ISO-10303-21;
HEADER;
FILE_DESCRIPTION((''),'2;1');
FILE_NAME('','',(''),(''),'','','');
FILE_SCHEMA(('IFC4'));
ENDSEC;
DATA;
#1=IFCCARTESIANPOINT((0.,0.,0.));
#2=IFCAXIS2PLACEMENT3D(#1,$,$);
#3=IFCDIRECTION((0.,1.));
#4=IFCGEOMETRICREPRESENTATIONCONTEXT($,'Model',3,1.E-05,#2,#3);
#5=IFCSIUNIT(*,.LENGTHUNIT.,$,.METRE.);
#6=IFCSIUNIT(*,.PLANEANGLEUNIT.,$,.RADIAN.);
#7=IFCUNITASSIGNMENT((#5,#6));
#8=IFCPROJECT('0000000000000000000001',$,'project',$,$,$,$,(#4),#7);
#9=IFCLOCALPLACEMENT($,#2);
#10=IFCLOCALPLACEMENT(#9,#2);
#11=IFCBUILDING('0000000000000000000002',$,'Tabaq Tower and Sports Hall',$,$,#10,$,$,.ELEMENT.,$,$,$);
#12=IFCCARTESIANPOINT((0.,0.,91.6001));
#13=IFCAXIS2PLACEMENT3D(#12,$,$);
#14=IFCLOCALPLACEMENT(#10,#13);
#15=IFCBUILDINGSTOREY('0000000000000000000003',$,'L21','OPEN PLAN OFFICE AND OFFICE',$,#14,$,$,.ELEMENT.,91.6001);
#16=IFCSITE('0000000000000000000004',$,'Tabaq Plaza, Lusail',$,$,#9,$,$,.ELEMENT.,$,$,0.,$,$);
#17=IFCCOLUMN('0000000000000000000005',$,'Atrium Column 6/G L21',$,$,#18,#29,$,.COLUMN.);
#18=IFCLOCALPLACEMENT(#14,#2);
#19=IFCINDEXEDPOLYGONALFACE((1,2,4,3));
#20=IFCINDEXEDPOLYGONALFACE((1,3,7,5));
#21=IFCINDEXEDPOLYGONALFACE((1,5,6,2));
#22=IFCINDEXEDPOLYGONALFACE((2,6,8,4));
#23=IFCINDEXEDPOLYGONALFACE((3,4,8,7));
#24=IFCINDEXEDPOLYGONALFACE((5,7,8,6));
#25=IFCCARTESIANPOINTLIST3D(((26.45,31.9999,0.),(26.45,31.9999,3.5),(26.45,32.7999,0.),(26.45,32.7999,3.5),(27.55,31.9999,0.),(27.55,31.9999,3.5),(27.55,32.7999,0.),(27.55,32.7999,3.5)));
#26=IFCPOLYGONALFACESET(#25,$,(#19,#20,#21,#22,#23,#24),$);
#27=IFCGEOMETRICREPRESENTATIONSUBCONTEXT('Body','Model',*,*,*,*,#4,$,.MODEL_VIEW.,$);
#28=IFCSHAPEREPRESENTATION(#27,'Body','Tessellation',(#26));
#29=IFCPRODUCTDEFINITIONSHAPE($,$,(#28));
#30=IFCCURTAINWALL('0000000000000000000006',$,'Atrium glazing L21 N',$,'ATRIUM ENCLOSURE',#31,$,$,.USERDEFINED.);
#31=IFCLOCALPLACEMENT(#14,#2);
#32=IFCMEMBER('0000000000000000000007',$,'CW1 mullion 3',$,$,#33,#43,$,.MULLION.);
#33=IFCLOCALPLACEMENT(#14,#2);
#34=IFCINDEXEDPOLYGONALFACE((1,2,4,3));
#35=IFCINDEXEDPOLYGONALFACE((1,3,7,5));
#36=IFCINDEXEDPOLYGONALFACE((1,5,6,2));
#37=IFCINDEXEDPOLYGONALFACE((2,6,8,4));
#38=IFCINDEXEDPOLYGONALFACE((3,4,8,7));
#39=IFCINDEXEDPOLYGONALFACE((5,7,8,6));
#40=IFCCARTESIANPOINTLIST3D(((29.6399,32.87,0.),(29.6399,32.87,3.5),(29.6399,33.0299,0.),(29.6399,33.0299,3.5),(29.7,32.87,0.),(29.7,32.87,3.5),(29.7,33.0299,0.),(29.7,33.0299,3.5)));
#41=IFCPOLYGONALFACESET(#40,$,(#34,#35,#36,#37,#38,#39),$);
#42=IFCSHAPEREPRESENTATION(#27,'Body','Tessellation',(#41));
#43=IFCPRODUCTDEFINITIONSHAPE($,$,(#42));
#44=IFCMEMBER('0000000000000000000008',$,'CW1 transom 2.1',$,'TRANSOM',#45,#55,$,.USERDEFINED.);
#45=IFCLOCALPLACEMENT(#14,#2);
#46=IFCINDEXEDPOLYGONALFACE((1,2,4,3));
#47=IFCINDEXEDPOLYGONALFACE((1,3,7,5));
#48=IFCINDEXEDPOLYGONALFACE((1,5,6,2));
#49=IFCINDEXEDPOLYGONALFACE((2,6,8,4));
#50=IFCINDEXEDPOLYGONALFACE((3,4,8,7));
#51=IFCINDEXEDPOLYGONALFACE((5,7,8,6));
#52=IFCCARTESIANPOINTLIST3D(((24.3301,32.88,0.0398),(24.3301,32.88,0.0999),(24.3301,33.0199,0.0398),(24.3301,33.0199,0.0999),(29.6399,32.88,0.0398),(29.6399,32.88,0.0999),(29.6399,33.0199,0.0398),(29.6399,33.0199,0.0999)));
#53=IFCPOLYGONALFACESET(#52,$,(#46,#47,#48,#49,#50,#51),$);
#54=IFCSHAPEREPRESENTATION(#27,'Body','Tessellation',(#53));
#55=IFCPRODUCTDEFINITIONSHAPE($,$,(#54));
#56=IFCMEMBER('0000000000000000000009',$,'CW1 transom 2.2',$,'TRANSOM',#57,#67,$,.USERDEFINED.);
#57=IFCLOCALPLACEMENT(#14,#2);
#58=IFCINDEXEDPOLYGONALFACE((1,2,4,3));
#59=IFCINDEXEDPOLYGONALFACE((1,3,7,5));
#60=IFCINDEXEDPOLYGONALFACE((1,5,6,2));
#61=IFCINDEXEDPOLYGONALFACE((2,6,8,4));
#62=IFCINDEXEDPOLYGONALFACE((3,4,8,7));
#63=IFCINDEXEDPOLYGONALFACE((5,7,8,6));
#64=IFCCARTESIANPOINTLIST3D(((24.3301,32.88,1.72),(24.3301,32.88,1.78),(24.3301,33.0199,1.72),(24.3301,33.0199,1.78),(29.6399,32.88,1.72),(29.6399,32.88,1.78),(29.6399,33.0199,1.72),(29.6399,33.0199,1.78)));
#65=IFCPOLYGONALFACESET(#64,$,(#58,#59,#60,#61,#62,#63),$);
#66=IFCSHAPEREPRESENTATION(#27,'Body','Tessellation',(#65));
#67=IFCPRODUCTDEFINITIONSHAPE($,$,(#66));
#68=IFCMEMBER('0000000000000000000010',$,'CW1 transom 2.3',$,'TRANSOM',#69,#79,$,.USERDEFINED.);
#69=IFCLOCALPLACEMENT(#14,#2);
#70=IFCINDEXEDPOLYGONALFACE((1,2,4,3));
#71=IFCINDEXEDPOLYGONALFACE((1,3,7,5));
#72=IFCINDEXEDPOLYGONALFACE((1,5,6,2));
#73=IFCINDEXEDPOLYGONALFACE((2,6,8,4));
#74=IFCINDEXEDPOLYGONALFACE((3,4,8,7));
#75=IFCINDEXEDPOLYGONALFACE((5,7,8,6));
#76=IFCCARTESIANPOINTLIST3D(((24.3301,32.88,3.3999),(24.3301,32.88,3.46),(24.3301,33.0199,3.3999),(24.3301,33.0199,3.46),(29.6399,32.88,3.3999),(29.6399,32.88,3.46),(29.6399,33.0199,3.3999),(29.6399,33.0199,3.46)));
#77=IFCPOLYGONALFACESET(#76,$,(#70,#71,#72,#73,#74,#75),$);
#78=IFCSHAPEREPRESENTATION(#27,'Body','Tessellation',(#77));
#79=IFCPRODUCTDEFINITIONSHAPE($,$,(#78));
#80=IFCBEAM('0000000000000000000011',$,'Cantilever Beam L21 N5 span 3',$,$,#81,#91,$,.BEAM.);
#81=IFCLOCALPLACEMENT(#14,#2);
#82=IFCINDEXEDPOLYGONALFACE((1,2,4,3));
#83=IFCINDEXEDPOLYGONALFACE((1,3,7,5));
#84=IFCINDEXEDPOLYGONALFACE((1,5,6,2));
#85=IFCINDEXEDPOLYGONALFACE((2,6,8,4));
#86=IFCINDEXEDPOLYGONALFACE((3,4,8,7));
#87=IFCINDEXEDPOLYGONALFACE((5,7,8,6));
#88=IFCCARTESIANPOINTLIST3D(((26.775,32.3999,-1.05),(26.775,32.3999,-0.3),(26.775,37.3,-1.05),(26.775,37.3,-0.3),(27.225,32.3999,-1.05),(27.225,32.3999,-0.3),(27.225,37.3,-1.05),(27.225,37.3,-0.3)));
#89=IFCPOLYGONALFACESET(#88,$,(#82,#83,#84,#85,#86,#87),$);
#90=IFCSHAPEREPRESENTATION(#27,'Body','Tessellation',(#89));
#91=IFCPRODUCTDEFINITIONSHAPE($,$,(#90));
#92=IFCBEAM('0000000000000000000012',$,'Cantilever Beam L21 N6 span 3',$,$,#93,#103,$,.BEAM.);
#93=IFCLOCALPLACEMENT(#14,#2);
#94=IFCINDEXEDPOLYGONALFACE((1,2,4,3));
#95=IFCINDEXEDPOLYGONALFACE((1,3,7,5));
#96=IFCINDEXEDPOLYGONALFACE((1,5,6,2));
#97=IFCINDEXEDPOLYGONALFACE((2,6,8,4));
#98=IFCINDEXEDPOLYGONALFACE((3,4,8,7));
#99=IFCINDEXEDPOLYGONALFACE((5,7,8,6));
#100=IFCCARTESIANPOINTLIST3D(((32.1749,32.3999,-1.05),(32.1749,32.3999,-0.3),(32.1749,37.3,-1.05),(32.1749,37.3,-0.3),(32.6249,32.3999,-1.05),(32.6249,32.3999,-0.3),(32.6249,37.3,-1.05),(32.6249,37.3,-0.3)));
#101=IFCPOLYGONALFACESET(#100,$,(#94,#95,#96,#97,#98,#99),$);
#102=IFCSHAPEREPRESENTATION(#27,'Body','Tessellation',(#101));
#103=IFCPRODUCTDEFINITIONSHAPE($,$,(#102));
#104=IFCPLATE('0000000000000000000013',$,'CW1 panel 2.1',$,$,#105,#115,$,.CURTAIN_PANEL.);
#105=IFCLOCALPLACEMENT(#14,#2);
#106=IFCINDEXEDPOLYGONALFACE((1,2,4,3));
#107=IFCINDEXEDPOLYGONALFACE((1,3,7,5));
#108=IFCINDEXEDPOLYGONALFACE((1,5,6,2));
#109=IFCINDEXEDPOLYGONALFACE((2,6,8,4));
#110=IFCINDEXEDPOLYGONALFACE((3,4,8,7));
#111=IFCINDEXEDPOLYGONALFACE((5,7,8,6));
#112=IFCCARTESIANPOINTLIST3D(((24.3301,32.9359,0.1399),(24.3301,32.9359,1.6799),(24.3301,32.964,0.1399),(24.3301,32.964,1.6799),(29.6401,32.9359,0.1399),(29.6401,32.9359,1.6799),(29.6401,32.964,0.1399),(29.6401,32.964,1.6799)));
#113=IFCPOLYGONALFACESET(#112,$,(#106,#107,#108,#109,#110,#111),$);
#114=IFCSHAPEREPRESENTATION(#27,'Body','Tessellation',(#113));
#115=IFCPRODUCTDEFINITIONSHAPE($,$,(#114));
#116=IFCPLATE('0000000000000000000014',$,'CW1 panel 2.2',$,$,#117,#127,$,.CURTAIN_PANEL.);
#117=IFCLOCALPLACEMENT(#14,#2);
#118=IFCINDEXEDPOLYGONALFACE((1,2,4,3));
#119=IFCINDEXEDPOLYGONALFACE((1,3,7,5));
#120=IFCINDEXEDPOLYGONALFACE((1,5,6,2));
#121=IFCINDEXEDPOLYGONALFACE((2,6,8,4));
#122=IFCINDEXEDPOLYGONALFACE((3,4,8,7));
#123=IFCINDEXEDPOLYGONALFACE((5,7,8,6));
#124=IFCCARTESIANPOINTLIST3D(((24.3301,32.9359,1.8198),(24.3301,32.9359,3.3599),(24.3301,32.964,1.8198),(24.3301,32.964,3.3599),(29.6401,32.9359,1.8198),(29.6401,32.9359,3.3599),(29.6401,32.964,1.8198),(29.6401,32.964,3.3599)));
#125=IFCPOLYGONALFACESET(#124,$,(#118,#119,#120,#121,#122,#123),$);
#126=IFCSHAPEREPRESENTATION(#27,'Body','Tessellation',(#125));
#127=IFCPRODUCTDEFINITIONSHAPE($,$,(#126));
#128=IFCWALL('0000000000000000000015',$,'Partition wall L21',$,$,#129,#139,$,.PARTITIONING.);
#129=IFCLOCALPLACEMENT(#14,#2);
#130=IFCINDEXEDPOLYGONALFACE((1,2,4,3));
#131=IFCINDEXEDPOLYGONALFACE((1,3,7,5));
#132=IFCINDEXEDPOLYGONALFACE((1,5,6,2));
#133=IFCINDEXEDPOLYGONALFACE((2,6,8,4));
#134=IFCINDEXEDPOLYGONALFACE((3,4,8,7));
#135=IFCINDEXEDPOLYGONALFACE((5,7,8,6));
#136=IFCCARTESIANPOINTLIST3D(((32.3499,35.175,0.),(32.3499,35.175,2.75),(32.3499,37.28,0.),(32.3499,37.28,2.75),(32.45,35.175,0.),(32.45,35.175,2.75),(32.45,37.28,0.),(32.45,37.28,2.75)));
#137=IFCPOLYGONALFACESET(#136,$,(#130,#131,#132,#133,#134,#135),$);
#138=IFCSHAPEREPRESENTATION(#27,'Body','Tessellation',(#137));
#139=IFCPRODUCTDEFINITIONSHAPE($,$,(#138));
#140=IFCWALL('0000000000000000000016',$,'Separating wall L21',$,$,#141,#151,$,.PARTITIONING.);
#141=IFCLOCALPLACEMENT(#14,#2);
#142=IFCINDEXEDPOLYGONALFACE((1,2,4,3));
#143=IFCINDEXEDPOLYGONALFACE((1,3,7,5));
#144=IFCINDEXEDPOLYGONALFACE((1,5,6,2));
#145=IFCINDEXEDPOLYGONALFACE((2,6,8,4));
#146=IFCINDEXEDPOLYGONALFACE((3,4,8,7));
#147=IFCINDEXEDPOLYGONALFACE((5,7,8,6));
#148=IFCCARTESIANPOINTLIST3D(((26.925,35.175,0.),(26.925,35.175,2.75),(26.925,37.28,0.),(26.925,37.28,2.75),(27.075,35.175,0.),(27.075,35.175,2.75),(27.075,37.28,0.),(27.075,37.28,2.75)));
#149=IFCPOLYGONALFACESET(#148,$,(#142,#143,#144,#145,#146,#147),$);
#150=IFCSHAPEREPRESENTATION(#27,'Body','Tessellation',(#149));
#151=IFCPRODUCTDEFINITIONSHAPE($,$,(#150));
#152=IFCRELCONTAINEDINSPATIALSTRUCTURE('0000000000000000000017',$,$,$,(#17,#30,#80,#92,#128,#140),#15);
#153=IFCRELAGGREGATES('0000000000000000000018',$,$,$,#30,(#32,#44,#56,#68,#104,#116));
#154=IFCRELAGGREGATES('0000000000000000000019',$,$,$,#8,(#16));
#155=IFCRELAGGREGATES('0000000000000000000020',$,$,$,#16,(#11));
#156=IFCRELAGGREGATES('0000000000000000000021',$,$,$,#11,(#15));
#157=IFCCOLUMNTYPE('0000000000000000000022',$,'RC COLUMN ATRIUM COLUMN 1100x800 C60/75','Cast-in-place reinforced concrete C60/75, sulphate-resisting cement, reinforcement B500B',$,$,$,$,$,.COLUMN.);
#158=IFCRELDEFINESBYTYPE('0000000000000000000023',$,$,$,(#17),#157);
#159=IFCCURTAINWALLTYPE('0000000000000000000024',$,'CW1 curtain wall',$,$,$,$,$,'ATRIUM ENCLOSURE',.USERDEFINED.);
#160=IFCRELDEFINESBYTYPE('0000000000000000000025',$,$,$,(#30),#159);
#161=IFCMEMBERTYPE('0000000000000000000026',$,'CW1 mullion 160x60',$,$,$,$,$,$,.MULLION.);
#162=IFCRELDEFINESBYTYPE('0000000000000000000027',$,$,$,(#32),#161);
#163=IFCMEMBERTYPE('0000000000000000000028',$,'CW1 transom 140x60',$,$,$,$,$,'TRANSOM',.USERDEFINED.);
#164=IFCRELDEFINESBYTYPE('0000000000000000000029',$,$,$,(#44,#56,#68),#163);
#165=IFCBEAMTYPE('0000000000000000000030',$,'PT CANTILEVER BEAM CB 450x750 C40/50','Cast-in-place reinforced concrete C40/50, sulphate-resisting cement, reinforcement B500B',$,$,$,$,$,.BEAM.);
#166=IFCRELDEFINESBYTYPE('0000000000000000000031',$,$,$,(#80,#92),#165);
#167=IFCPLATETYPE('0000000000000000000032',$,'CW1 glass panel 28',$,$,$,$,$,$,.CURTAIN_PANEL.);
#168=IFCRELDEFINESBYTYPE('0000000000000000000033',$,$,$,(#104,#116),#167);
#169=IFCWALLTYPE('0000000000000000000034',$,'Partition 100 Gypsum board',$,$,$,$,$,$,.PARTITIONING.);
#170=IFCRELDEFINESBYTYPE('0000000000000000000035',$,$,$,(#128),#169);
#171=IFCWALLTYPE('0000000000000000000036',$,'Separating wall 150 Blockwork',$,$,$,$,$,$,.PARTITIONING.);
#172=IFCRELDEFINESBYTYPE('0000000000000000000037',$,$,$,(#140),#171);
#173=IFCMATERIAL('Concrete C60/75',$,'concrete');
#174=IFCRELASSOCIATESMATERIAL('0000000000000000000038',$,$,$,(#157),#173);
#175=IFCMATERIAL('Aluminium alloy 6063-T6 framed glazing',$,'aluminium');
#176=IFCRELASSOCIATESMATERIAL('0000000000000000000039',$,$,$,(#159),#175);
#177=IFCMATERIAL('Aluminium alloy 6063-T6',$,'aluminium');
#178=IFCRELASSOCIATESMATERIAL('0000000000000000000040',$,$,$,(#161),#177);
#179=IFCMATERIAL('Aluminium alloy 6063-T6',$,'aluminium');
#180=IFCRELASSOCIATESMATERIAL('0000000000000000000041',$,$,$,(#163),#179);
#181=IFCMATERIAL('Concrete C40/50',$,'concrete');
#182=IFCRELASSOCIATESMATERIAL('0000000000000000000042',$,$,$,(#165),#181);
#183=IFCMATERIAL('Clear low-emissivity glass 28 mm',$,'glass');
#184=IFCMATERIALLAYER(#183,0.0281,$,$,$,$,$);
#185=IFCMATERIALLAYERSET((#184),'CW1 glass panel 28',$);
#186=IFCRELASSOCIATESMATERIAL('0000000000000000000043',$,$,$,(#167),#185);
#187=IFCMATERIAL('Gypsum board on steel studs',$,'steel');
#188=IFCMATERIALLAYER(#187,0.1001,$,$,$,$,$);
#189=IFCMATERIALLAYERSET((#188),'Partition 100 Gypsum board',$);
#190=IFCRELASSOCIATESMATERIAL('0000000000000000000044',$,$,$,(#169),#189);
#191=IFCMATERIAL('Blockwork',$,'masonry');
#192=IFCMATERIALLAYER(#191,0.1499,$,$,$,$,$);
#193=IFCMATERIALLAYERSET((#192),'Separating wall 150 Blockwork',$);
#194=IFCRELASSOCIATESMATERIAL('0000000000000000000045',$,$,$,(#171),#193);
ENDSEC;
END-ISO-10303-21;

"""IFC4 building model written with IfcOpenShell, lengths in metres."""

from ifc_helpers import new_model, si_unit, direction, frame, frame_2d, origin, origin_2d, place, context, subcontext, project, spatial, rectangle, extrude, material, layer, layer_set, material_profile, profile_set, type_object, element, aggregate, save


model = new_model("IFC4")

# Units and contexts
model_context = context("Model", 3, precision=1e-05, world=origin(), true_north=direction((0.0, 1.0)))
body_context = subcontext(model_context, "Body", "Model", "MODEL_VIEW")
ifc_project = project(units=[si_unit("LENGTHUNIT", "METRE"), si_unit("PLANEANGLEUNIT", "RADIAN")], contexts=[model_context])

# Site, building, storey
site_placement = place(None, origin())
site = spatial("IfcSite", under=ifc_project, at=site_placement, Name="Tabaq Plaza, Lusail", CompositionType="ELEMENT", RefElevation=0.0)
building_placement = place(site_placement, origin())
building = spatial("IfcBuilding", under=site, at=building_placement, Name="Tabaq Tower and Sports Hall", CompositionType="ELEMENT")
storey_placement = place(building_placement, frame((0.0, 0.0, 91.6001)))
storey = spatial("IfcBuildingStorey", under=building, at=storey_placement, Name="L21", Description="OPEN PLAN OFFICE AND OFFICE", CompositionType="ELEMENT", Elevation=91.6001)

# Column
ifc_material_1 = material(Name="Concrete C60/75", Category="concrete")
ifc_material_profile_1 = material_profile(ifc_material_1, rectangle(XDim=1.1001, YDim=0.8, at=origin_2d()), Name="ATRIUM COLUMN 1100x800")
ifc_profile_set_1 = profile_set([ifc_material_profile_1], Name="Concrete C60/75")
column_type = type_object("IfcColumnType", Name="RC COLUMN ATRIUM COLUMN 1100x800 C60/75", Description="Cast-in-place reinforced concrete C60/75, sulphate-resisting cement, reinforcement B500B", PredefinedType="COLUMN", material=ifc_profile_set_1)
column_placement = place(storey_placement, frame((27.0, 32.3999, 0.0), z_axis=(0.0, 0.0, 1.0), x_axis=(1.0, 0.0, 0.0)))
element("IfcColumn", 1, at=column_placement, inside=storey, type_object=column_type, Name="Atrium Column 6/G L21", PredefinedType="COLUMN", context=body_context, shape_type="SweptSolid", body=[
    extrude(rectangle(XDim=1.1001, YDim=0.8, at=origin_2d()), origin(), (0.0, 0.0, 1.0), 3.5),
])

# Curtain wall, members
ifc_material_2 = material(Name="Aluminium alloy 6063-T6 framed glazing", Category="aluminium")
curtain_wall_type = type_object("IfcCurtainWallType", Name="CW1 curtain wall", ElementType="ATRIUM ENCLOSURE", PredefinedType="USERDEFINED", material=ifc_material_2)
curtain_wall_placement = place(storey_placement, origin())
curtain_wall = element("IfcCurtainWall", 2, at=curtain_wall_placement, inside=storey, type_object=curtain_wall_type, Name="Atrium glazing L21 N", ObjectType="ATRIUM ENCLOSURE", PredefinedType="USERDEFINED")
ifc_material_3 = material(Name="Aluminium alloy 6063-T6", Category="aluminium")
ifc_material_profile_2 = material_profile(ifc_material_3, rectangle(XDim=0.1599, YDim=0.0601, at=origin_2d()), Name="MULLION 160x60")
ifc_profile_set_2 = profile_set([ifc_material_profile_2], Name="Aluminium alloy 6063-T6")
member_type_1 = type_object("IfcMemberType", Name="CW1 mullion 160x60", PredefinedType="MULLION", material=ifc_profile_set_2)
member_1_placement = place(storey_placement, frame((29.6699, 32.95, 0.0), z_axis=(0.0, 0.0, 1.0), x_axis=(0.0, 1.0, 0.0)))
member_1 = element("IfcMember", 3, at=member_1_placement, type_object=member_type_1, Name="CW1 mullion 3", PredefinedType="MULLION", context=body_context, shape_type="SweptSolid", body=[
    extrude(rectangle(XDim=0.1599, YDim=0.0601, at=origin_2d()), origin(), (0.0, 0.0, 1.0), 3.5),
])
ifc_material_4 = material(Name="Aluminium alloy 6063-T6", Category="aluminium")
ifc_material_profile_3 = material_profile(ifc_material_4, rectangle(XDim=0.1399, YDim=0.0601, at=origin_2d()), Name="TRANSOM 140x60")
ifc_profile_set_3 = profile_set([ifc_material_profile_3], Name="Aluminium alloy 6063-T6")
member_type_2 = type_object("IfcMemberType", Name="CW1 transom 140x60", ElementType="TRANSOM", PredefinedType="USERDEFINED", material=ifc_profile_set_3)
member_2_placement = place(storey_placement, frame((24.3301, 32.95, 0.0698), z_axis=(1.0, 0.0, 0.0), x_axis=(0.0, 1.0, 0.0)))
member_2 = element("IfcMember", 4, at=member_2_placement, type_object=member_type_2, Name="CW1 transom 2.1", ObjectType="TRANSOM", PredefinedType="USERDEFINED", context=body_context, shape_type="SweptSolid", body=[
    extrude(rectangle(XDim=0.1399, YDim=0.0601, at=origin_2d()), origin(), (0.0, 0.0, 1.0), 5.3098),
])
member_3_placement = place(storey_placement, frame((24.3301, 32.95, 1.75), z_axis=(1.0, 0.0, 0.0), x_axis=(0.0, 1.0, 0.0)))
member_3 = element("IfcMember", 5, at=member_3_placement, type_object=member_type_2, Name="CW1 transom 2.2", ObjectType="TRANSOM", PredefinedType="USERDEFINED", context=body_context, shape_type="SweptSolid", body=[
    extrude(rectangle(XDim=0.1399, YDim=0.0601, at=origin_2d()), origin(), (0.0, 0.0, 1.0), 5.3098),
])
member_4_placement = place(storey_placement, frame((24.3301, 32.95, 3.4299), z_axis=(1.0, 0.0, 0.0), x_axis=(0.0, 1.0, 0.0)))
member_4 = element("IfcMember", 6, at=member_4_placement, type_object=member_type_2, Name="CW1 transom 2.3", ObjectType="TRANSOM", PredefinedType="USERDEFINED", context=body_context, shape_type="SweptSolid", body=[
    extrude(rectangle(XDim=0.1399, YDim=0.0601, at=origin_2d()), origin(), (0.0, 0.0, 1.0), 5.3098),
])

# Beams
ifc_material_5 = material(Name="Concrete C40/50", Category="concrete")
ifc_material_profile_4 = material_profile(ifc_material_5, rectangle(XDim=0.45, YDim=0.75, at=origin_2d()), Name="CB 450x750")
ifc_profile_set_4 = profile_set([ifc_material_profile_4], Name="Concrete C40/50")
beam_type = type_object("IfcBeamType", Name="PT CANTILEVER BEAM CB 450x750 C40/50", Description="Cast-in-place reinforced concrete C40/50, sulphate-resisting cement, reinforcement B500B", PredefinedType="BEAM", material=ifc_profile_set_4)
for number, where, z_axis, x_axis, name in (
    (7, (27.0, 37.3, -0.675), (0.0, -1.0, 0.0), (1.0, 0.0, 0.0), "Cantilever Beam L21 N5 span 3"),
    (8, (32.3999, 37.3, -0.675), (0.0, -1.0, 0.0), (1.0, 0.0, 0.0), "Cantilever Beam L21 N6 span 3"),
):
    element("IfcBeam", number, at=place(storey_placement, frame(where, z_axis=z_axis, x_axis=x_axis)), inside=storey, type_object=beam_type, Name=name, PredefinedType="BEAM", context=body_context, shape_type="SweptSolid", body=[
        extrude(rectangle(XDim=0.45, YDim=0.75, at=origin_2d()), origin(), (0.0, 0.0, 1.0), 4.9001),
    ])

# Plates
ifc_material_6 = material(Name="Clear low-emissivity glass 28 mm", Category="glass")
ifc_layer_1 = layer(ifc_material_6, 0.0281)
ifc_layer_set_1 = layer_set([ifc_layer_1], Name="CW1 glass panel 28")
plate_type = type_object("IfcPlateType", Name="CW1 glass panel 28", PredefinedType="CURTAIN_PANEL", material=ifc_layer_set_1)
plate_1_placement = place(storey_placement, frame((26.9851, 32.95, 0.1399), z_axis=(0.0, 0.0, 1.0), x_axis=(1.0, 0.0, 0.0)))
plate_1 = element("IfcPlate", 9, at=plate_1_placement, type_object=plate_type, Name="CW1 panel 2.1", PredefinedType="CURTAIN_PANEL", context=body_context, shape_type="SweptSolid", body=[
    extrude(rectangle(XDim=5.3101, YDim=0.0281, at=origin_2d()), origin(), (0.0, 0.0, 1.0), 1.54),
])
plate_2_placement = place(storey_placement, frame((26.9851, 32.95, 1.8198), z_axis=(0.0, 0.0, 1.0), x_axis=(1.0, 0.0, 0.0)))
plate_2 = element("IfcPlate", 10, at=plate_2_placement, type_object=plate_type, Name="CW1 panel 2.2", PredefinedType="CURTAIN_PANEL", context=body_context, shape_type="SweptSolid", body=[
    extrude(rectangle(XDim=5.3101, YDim=0.0281, at=origin_2d()), origin(), (0.0, 0.0, 1.0), 1.54),
])
aggregate(curtain_wall, [member_1, member_2, member_3, member_4, plate_1, plate_2])

# Walls
ifc_material_7 = material(Name="Gypsum board on steel studs", Category="steel")
ifc_layer_2 = layer(ifc_material_7, 0.1001)
ifc_layer_set_2 = layer_set([ifc_layer_2], Name="Partition 100 Gypsum board")
wall_type_1 = type_object("IfcWallType", Name="Partition 100 Gypsum board", PredefinedType="PARTITIONING", material=ifc_layer_set_2)
wall_1_placement = place(storey_placement, frame((32.3999, 35.175, 0.0), z_axis=(0.0, 0.0, 1.0), x_axis=(0.0, 1.0, 0.0)))
element("IfcWall", 11, at=wall_1_placement, inside=storey, type_object=wall_type_1, Name="Partition wall L21", PredefinedType="PARTITIONING", context=body_context, shape_type="SweptSolid", body=[
    extrude(rectangle(XDim=2.105, YDim=0.1001, at=frame_2d((1.0525, 0.0))), origin(), (0.0, 0.0, 1.0), 2.75),
])
ifc_material_8 = material(Name="Blockwork", Category="masonry")
ifc_layer_3 = layer(ifc_material_8, 0.1499)
ifc_layer_set_3 = layer_set([ifc_layer_3], Name="Separating wall 150 Blockwork")
wall_type_2 = type_object("IfcWallType", Name="Separating wall 150 Blockwork", PredefinedType="PARTITIONING", material=ifc_layer_set_3)
wall_2_placement = place(storey_placement, frame((27.0, 35.175, 0.0), z_axis=(0.0, 0.0, 1.0), x_axis=(0.0, 1.0, 0.0)))
element("IfcWall", 12, at=wall_2_placement, inside=storey, type_object=wall_type_2, Name="Separating wall L21", PredefinedType="PARTITIONING", context=body_context, shape_type="SweptSolid", body=[
    extrude(rectangle(XDim=2.105, YDim=0.1499, at=frame_2d((1.0525, 0.0))), origin(), (0.0, 0.0, 1.0), 2.75),
])

save(model, "model.ifc")
